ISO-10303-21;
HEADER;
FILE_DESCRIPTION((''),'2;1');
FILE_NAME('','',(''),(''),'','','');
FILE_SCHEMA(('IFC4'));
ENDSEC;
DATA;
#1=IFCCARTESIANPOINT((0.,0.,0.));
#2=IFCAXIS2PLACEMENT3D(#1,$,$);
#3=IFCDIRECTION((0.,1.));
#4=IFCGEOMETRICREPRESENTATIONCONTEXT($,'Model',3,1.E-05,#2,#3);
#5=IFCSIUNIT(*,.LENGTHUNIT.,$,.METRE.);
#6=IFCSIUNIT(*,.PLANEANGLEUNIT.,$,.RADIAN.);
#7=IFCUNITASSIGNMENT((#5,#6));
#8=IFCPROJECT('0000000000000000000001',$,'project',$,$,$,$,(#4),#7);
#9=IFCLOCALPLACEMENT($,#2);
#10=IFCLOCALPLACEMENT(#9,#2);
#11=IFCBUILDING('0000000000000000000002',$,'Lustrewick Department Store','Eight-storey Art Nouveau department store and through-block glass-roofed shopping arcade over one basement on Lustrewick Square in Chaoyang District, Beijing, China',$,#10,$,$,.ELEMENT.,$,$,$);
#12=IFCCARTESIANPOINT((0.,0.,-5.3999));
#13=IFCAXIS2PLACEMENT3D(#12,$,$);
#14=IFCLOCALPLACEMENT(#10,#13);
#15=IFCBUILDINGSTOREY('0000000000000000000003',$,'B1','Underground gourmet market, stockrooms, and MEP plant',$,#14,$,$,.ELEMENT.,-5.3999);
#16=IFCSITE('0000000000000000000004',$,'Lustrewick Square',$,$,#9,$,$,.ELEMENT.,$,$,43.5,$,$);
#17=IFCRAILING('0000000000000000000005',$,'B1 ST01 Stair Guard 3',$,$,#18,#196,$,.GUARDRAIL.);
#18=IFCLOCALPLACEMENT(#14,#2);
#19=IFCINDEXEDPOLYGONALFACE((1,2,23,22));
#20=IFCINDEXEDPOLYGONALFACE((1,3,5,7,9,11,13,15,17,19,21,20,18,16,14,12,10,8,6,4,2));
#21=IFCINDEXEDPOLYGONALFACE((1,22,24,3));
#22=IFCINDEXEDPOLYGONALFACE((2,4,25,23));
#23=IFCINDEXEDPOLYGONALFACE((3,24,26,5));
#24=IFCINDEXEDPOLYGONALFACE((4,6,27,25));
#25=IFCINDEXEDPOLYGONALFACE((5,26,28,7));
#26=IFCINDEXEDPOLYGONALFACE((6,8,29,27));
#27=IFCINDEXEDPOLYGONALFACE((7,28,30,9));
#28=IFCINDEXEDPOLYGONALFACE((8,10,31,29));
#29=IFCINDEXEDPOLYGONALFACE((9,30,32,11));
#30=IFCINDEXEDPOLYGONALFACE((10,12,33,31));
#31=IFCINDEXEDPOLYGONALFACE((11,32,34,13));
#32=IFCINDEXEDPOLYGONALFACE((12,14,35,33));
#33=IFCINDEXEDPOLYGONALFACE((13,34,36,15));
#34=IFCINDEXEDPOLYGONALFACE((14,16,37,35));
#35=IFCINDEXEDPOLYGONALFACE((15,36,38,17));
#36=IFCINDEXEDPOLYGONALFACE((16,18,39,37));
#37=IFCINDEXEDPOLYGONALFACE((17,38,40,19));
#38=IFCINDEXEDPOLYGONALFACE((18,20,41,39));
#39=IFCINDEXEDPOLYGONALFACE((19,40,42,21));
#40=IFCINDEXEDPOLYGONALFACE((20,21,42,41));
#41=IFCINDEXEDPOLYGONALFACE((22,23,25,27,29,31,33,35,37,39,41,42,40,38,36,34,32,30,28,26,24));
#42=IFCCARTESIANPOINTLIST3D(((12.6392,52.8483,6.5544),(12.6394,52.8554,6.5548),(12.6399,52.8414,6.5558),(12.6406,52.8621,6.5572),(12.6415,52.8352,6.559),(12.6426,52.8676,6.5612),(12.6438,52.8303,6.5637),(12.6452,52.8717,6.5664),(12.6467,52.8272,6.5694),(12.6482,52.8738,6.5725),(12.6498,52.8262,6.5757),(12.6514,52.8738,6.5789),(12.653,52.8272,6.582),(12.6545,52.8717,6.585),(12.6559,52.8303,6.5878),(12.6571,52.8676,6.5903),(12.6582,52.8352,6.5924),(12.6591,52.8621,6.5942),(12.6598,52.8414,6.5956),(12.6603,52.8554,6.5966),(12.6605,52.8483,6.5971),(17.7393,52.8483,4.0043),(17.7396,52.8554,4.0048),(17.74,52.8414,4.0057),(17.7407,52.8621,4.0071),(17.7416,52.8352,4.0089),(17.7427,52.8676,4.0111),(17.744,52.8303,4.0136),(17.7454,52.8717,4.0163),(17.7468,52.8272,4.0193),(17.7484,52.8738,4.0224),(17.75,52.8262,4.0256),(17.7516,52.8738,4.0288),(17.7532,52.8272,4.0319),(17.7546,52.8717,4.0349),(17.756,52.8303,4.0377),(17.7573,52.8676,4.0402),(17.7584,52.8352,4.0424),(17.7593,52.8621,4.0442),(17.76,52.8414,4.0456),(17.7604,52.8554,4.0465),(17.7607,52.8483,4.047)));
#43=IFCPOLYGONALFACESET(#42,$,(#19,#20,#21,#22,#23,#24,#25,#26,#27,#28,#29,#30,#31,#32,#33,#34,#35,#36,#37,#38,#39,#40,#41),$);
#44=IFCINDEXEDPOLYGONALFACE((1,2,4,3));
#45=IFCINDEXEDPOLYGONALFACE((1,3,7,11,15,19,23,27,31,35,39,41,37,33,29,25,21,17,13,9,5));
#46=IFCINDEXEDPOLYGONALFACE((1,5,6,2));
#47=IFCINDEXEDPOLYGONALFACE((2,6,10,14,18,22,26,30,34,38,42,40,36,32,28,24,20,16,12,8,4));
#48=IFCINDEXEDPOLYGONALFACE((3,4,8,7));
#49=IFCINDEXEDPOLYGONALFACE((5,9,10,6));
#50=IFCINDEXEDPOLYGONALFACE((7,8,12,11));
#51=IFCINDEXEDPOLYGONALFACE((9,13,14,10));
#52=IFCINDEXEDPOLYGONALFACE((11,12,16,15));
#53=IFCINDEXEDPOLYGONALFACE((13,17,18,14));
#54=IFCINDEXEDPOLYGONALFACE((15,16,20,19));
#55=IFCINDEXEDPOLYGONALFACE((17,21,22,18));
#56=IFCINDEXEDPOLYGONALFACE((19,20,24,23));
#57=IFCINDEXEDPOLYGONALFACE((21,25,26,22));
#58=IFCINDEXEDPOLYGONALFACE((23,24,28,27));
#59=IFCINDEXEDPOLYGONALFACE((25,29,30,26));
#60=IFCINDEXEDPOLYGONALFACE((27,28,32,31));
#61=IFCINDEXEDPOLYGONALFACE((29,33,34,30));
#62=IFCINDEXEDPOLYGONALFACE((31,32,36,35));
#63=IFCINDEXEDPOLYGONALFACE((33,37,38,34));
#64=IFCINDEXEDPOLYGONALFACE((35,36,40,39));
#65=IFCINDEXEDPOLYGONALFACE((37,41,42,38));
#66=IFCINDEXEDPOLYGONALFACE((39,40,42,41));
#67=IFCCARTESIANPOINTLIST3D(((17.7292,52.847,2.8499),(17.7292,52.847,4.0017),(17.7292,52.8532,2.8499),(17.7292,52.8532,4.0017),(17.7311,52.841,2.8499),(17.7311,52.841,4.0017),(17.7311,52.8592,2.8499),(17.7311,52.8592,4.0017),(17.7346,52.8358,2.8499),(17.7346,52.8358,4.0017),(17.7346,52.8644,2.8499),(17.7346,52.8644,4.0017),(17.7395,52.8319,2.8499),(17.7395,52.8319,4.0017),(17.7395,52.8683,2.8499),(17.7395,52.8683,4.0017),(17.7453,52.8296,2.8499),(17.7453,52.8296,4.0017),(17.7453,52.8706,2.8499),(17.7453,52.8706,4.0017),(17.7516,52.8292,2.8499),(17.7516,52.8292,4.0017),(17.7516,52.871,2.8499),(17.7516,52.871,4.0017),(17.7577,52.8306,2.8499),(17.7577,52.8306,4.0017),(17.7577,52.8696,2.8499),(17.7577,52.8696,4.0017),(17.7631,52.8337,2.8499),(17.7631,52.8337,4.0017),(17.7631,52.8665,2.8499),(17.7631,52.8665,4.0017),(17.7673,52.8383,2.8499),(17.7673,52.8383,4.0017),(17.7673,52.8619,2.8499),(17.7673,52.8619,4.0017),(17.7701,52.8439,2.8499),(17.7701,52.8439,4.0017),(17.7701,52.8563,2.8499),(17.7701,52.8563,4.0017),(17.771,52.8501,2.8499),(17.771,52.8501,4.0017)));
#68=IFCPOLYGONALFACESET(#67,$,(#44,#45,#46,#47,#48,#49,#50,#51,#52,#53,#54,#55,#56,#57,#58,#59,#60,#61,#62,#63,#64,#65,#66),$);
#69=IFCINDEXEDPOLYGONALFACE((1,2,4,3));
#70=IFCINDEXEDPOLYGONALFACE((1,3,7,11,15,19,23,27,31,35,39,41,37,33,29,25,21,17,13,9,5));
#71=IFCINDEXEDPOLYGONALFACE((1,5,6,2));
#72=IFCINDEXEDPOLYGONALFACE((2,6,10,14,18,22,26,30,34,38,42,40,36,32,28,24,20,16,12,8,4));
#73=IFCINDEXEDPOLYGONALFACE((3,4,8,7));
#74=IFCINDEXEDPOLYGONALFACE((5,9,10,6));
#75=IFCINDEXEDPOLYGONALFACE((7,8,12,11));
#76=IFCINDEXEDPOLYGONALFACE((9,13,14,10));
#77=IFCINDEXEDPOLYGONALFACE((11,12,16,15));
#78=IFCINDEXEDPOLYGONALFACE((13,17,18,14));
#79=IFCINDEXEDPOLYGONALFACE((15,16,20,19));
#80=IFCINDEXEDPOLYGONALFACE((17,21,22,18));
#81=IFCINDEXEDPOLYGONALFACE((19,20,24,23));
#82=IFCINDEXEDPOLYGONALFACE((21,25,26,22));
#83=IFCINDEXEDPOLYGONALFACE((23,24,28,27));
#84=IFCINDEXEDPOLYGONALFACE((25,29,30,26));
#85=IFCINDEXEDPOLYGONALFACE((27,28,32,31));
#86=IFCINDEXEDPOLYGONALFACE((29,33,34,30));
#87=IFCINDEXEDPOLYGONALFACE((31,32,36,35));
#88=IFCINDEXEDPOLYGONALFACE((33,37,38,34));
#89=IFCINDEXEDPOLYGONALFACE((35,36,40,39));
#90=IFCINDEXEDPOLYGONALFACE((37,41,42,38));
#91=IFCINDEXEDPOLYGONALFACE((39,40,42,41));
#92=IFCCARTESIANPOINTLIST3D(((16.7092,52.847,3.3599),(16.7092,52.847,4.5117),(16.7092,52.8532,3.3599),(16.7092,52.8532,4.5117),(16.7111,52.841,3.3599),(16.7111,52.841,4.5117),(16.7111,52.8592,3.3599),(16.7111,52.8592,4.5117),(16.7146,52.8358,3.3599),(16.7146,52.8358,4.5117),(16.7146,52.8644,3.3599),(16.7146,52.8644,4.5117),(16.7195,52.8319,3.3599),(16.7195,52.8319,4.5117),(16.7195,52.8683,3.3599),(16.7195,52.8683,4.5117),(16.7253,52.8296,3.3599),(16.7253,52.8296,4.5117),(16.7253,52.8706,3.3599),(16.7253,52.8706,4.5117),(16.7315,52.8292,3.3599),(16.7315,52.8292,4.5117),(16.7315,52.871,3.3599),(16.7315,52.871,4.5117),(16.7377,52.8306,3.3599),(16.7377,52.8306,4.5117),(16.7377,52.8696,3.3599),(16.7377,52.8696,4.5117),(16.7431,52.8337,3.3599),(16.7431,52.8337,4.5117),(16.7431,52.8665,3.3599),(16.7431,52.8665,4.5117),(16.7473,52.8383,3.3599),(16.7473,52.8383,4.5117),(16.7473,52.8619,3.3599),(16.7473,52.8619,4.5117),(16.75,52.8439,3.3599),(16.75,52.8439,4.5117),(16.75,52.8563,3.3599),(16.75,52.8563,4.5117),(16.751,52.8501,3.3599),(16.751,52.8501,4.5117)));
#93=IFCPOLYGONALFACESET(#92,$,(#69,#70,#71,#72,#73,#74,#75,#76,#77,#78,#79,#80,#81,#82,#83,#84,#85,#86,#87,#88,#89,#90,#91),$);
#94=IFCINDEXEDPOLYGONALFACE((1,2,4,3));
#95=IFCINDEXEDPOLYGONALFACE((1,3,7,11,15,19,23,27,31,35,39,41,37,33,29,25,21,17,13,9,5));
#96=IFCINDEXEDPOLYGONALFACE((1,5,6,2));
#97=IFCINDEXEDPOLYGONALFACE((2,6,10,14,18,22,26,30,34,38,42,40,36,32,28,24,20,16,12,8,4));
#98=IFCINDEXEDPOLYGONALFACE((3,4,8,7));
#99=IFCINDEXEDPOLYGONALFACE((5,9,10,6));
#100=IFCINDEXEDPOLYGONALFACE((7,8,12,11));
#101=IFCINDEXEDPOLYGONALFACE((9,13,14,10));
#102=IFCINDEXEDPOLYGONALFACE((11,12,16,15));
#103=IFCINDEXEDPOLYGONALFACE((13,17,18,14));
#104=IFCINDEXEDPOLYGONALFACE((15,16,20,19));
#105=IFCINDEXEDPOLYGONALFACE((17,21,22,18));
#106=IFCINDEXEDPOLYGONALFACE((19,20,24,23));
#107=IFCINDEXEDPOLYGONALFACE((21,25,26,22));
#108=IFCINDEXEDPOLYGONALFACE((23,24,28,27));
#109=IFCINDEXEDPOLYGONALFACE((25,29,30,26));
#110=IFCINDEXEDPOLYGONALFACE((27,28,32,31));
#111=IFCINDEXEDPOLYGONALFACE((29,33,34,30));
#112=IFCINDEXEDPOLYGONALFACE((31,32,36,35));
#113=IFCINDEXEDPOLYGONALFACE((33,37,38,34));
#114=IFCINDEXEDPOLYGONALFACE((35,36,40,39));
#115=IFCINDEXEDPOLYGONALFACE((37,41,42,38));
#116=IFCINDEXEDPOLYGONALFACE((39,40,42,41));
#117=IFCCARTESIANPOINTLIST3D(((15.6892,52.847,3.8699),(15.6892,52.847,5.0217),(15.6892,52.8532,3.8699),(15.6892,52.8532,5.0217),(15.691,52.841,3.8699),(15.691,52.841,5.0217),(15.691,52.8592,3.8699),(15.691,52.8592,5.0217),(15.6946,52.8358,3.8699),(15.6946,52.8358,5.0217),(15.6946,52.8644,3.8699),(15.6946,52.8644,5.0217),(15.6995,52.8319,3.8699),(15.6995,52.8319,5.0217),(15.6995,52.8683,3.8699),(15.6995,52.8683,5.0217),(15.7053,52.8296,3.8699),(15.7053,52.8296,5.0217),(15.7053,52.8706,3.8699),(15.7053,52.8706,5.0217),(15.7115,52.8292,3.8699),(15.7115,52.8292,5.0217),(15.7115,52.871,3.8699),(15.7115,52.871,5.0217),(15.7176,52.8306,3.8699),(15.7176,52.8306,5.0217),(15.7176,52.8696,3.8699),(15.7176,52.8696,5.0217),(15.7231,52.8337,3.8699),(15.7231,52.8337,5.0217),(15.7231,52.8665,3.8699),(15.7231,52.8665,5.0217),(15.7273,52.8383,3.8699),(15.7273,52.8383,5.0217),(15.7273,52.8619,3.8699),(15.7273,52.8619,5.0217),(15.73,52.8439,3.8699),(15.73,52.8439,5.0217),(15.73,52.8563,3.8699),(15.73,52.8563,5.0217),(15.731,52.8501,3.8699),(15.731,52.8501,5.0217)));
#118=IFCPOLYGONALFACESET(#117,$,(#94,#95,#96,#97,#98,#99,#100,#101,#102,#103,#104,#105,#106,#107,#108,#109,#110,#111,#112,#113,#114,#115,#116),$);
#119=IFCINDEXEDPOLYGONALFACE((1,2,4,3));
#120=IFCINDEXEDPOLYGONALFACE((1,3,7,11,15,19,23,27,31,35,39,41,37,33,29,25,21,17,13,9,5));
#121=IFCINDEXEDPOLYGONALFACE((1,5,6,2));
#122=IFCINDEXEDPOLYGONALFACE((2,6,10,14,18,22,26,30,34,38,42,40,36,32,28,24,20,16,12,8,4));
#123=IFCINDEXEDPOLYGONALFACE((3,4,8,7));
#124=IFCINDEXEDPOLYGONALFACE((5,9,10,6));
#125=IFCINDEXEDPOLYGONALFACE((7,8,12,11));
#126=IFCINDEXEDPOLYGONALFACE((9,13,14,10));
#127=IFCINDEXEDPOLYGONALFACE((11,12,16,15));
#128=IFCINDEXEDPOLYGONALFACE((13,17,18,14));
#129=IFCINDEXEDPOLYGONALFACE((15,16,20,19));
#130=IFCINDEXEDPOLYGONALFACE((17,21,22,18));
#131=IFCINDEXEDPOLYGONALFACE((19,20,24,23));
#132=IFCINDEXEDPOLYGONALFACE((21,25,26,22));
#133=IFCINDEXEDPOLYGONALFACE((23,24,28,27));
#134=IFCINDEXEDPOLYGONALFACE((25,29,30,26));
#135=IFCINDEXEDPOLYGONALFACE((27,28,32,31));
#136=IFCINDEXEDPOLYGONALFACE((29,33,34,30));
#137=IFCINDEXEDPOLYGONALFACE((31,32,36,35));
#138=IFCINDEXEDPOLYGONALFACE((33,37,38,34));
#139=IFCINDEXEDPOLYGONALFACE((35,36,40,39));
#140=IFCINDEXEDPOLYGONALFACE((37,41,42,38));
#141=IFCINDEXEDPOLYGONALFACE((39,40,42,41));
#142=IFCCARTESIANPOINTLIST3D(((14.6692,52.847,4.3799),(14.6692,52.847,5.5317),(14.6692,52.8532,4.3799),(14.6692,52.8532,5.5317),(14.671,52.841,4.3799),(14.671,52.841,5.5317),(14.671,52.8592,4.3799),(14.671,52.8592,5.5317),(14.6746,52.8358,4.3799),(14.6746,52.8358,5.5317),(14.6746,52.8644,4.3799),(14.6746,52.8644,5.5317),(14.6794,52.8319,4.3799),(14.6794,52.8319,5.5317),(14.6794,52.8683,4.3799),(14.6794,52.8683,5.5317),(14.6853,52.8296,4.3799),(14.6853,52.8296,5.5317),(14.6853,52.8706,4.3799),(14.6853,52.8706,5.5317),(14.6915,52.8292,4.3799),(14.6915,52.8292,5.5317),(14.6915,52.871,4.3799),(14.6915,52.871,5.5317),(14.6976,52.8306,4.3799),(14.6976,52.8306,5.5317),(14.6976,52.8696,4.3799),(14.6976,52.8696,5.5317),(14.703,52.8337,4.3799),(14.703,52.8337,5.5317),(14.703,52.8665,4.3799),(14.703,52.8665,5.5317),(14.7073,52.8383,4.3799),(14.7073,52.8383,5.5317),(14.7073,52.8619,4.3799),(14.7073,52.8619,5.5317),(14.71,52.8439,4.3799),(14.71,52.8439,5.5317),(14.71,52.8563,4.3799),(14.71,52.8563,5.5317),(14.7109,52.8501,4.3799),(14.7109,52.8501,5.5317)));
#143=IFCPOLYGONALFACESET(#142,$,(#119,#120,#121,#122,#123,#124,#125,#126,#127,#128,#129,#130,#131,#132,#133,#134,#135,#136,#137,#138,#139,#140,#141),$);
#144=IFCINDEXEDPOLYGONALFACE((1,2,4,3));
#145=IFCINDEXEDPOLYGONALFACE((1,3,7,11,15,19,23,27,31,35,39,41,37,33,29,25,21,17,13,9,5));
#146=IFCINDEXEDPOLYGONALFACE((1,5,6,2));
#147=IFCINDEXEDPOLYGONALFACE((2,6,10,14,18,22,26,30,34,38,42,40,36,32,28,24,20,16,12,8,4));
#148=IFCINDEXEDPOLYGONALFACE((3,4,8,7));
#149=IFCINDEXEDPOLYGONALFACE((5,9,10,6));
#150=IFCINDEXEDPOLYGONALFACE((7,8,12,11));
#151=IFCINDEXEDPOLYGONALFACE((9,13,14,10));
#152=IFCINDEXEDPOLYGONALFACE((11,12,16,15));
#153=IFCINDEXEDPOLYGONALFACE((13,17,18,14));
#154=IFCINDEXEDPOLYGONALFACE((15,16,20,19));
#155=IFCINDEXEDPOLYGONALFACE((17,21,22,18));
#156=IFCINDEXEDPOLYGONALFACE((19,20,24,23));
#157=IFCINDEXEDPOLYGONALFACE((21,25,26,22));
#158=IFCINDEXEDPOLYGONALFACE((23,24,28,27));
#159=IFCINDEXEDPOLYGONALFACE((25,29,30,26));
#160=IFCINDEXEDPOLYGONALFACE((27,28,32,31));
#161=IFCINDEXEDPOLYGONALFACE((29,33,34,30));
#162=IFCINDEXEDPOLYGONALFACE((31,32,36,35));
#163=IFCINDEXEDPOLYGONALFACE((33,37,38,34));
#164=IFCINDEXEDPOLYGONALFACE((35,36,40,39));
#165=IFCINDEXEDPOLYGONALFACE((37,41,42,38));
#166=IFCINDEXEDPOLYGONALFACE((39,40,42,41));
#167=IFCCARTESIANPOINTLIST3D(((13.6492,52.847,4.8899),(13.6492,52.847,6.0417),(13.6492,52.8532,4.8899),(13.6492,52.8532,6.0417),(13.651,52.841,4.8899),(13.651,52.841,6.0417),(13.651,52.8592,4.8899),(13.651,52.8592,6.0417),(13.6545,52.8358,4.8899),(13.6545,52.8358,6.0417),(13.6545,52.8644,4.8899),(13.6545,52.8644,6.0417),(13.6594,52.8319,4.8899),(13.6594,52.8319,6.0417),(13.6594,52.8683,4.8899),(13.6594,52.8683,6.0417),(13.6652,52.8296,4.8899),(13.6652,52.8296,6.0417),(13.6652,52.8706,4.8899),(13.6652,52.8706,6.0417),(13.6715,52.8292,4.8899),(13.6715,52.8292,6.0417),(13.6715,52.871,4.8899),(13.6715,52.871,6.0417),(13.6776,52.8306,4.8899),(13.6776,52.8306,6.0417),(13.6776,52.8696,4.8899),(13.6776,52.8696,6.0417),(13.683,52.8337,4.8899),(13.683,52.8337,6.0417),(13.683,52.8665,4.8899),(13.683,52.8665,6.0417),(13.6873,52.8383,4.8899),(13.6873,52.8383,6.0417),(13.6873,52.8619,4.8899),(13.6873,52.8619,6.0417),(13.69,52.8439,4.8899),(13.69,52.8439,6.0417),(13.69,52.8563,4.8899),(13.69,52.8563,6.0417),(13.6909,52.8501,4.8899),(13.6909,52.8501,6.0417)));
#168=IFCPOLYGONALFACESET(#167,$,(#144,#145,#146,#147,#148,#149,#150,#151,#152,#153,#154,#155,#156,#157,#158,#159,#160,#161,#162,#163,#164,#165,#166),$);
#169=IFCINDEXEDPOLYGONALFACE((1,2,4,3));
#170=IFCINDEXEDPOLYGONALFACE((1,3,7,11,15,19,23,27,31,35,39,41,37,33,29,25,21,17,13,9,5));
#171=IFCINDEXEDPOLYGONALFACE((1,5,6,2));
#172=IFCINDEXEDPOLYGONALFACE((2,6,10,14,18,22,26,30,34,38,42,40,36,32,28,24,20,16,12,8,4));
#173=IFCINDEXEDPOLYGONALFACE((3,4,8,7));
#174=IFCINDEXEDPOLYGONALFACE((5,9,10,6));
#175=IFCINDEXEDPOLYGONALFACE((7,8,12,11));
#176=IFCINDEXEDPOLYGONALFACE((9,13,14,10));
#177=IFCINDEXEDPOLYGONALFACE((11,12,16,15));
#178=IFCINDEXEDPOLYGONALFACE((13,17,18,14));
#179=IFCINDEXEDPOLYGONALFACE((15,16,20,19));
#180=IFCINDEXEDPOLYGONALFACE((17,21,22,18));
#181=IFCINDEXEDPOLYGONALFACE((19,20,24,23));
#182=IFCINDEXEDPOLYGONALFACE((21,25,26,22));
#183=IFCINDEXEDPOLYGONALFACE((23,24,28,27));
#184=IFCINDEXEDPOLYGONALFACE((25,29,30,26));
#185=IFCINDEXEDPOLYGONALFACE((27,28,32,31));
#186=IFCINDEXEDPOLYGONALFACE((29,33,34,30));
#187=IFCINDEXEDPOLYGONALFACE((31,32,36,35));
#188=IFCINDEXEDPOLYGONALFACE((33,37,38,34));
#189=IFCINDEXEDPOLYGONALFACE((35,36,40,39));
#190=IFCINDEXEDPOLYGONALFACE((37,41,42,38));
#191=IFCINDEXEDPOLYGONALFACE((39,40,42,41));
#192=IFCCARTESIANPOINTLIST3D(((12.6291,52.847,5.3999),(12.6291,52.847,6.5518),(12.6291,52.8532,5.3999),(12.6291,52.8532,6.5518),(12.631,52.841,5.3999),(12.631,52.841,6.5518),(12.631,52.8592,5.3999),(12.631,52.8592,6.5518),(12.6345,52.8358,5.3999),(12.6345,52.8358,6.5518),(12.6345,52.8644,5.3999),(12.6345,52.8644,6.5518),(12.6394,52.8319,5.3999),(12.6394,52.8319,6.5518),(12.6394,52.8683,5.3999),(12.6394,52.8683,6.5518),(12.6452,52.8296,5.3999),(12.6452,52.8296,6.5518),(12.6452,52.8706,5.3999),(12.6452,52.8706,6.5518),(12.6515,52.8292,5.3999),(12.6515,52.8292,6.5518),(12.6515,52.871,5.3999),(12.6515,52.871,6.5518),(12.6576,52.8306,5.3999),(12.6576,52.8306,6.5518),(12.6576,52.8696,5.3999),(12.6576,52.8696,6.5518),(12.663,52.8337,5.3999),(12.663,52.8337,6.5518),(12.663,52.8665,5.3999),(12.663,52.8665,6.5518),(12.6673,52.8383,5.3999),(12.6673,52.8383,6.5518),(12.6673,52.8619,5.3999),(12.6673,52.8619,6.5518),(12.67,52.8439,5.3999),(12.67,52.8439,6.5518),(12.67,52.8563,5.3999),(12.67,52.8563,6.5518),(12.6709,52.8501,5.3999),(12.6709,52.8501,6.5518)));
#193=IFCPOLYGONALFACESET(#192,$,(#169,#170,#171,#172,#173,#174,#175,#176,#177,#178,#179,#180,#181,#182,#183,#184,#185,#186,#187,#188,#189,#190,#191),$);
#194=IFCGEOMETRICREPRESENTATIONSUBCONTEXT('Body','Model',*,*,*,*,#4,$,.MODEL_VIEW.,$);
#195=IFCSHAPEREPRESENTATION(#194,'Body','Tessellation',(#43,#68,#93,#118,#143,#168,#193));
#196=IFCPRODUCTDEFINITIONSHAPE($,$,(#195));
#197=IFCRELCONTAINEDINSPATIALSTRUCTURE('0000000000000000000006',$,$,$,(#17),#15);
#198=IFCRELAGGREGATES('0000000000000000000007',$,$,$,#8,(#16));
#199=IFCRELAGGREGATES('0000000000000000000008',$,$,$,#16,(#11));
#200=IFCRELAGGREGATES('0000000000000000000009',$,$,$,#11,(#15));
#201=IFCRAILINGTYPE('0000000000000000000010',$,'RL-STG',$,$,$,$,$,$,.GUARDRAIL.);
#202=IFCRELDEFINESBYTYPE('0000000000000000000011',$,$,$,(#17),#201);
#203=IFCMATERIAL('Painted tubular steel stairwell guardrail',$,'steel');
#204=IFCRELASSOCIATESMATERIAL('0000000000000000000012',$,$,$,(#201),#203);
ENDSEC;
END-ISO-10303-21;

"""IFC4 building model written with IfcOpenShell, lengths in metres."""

from ifc_helpers import new_model, si_unit, direction, frame, origin, origin_2d, place, context, subcontext, project, spatial, circle, extrude, material, type_object, element, save


model = new_model("IFC4")

# Units and contexts
model_context = context("Model", 3, precision=1e-05, world=origin(), true_north=direction((0.0, 1.0)))
body_context = subcontext(model_context, "Body", "Model", "MODEL_VIEW")
ifc_project = project(units=[si_unit("LENGTHUNIT", "METRE"), si_unit("PLANEANGLEUNIT", "RADIAN")], contexts=[model_context])

# Site, building, storey
site_placement = place(None, origin())
site = spatial("IfcSite", under=ifc_project, at=site_placement, Name="Lustrewick Square", CompositionType="ELEMENT", RefElevation=43.5)
building_placement = place(site_placement, origin())
building = spatial("IfcBuilding", under=site, at=building_placement, Name="Lustrewick Department Store", Description="Eight-storey Art Nouveau department store and through-block glass-roofed shopping arcade over one basement on Lustrewick Square in Chaoyang District, Beijing, China", CompositionType="ELEMENT")
storey_placement = place(building_placement, frame((0.0, 0.0, -5.3999)))
storey = spatial("IfcBuildingStorey", under=building, at=storey_placement, Name="B1", Description="Underground gourmet market, stockrooms, and MEP plant", CompositionType="ELEMENT", Elevation=-5.3999)

# Railing
ifc_material_1 = material(Name="Painted tubular steel stairwell guardrail", Category="steel")
railing_type_1 = type_object("IfcRailingType", Name="RL-STG", PredefinedType="GUARDRAIL", material=ifc_material_1)
railing_1_placement = place(storey_placement, frame((17.75, 52.8501, 2.8499)))
element("IfcRailing", 1, at=railing_1_placement, inside=storey, type_object=railing_type_1, Name="B1 ST01 Stair Guard 3", PredefinedType="GUARDRAIL", context=body_context, shape_type="SweptSolid", body=[
    extrude(circle(Radius=0.0239, at=origin_2d()), frame((0.0, 0.0, 1.1758), z_axis=(-0.894427, 0.0, 0.447214), x_axis=(0.0, -1.0, 0.0)), (0.0, 0.0, 1.0), 5.7021),
    extrude(circle(Radius=0.021, at=origin_2d()), origin(), (0.0, 0.0, 1.0), 1.1519),
    extrude(circle(Radius=0.021, at=origin_2d()), frame((-1.02, 0.0, 0.51)), (0.0, 0.0, 1.0), 1.1519),
    extrude(circle(Radius=0.021, at=origin_2d()), frame((-2.04, 0.0, 1.02)), (0.0, 0.0, 1.0), 1.1519),
    extrude(circle(Radius=0.021, at=origin_2d()), frame((-3.0601, 0.0, 1.53)), (0.0, 0.0, 1.0), 1.1519),
    extrude(circle(Radius=0.021, at=origin_2d()), frame((-4.0801, 0.0, 2.04)), (0.0, 0.0, 1.0), 1.1519),
    extrude(circle(Radius=0.021, at=origin_2d()), frame((-5.1001, 0.0, 2.55)), (0.0, 0.0, 1.0), 1.1519),
])

save(model, "model.ifc")
